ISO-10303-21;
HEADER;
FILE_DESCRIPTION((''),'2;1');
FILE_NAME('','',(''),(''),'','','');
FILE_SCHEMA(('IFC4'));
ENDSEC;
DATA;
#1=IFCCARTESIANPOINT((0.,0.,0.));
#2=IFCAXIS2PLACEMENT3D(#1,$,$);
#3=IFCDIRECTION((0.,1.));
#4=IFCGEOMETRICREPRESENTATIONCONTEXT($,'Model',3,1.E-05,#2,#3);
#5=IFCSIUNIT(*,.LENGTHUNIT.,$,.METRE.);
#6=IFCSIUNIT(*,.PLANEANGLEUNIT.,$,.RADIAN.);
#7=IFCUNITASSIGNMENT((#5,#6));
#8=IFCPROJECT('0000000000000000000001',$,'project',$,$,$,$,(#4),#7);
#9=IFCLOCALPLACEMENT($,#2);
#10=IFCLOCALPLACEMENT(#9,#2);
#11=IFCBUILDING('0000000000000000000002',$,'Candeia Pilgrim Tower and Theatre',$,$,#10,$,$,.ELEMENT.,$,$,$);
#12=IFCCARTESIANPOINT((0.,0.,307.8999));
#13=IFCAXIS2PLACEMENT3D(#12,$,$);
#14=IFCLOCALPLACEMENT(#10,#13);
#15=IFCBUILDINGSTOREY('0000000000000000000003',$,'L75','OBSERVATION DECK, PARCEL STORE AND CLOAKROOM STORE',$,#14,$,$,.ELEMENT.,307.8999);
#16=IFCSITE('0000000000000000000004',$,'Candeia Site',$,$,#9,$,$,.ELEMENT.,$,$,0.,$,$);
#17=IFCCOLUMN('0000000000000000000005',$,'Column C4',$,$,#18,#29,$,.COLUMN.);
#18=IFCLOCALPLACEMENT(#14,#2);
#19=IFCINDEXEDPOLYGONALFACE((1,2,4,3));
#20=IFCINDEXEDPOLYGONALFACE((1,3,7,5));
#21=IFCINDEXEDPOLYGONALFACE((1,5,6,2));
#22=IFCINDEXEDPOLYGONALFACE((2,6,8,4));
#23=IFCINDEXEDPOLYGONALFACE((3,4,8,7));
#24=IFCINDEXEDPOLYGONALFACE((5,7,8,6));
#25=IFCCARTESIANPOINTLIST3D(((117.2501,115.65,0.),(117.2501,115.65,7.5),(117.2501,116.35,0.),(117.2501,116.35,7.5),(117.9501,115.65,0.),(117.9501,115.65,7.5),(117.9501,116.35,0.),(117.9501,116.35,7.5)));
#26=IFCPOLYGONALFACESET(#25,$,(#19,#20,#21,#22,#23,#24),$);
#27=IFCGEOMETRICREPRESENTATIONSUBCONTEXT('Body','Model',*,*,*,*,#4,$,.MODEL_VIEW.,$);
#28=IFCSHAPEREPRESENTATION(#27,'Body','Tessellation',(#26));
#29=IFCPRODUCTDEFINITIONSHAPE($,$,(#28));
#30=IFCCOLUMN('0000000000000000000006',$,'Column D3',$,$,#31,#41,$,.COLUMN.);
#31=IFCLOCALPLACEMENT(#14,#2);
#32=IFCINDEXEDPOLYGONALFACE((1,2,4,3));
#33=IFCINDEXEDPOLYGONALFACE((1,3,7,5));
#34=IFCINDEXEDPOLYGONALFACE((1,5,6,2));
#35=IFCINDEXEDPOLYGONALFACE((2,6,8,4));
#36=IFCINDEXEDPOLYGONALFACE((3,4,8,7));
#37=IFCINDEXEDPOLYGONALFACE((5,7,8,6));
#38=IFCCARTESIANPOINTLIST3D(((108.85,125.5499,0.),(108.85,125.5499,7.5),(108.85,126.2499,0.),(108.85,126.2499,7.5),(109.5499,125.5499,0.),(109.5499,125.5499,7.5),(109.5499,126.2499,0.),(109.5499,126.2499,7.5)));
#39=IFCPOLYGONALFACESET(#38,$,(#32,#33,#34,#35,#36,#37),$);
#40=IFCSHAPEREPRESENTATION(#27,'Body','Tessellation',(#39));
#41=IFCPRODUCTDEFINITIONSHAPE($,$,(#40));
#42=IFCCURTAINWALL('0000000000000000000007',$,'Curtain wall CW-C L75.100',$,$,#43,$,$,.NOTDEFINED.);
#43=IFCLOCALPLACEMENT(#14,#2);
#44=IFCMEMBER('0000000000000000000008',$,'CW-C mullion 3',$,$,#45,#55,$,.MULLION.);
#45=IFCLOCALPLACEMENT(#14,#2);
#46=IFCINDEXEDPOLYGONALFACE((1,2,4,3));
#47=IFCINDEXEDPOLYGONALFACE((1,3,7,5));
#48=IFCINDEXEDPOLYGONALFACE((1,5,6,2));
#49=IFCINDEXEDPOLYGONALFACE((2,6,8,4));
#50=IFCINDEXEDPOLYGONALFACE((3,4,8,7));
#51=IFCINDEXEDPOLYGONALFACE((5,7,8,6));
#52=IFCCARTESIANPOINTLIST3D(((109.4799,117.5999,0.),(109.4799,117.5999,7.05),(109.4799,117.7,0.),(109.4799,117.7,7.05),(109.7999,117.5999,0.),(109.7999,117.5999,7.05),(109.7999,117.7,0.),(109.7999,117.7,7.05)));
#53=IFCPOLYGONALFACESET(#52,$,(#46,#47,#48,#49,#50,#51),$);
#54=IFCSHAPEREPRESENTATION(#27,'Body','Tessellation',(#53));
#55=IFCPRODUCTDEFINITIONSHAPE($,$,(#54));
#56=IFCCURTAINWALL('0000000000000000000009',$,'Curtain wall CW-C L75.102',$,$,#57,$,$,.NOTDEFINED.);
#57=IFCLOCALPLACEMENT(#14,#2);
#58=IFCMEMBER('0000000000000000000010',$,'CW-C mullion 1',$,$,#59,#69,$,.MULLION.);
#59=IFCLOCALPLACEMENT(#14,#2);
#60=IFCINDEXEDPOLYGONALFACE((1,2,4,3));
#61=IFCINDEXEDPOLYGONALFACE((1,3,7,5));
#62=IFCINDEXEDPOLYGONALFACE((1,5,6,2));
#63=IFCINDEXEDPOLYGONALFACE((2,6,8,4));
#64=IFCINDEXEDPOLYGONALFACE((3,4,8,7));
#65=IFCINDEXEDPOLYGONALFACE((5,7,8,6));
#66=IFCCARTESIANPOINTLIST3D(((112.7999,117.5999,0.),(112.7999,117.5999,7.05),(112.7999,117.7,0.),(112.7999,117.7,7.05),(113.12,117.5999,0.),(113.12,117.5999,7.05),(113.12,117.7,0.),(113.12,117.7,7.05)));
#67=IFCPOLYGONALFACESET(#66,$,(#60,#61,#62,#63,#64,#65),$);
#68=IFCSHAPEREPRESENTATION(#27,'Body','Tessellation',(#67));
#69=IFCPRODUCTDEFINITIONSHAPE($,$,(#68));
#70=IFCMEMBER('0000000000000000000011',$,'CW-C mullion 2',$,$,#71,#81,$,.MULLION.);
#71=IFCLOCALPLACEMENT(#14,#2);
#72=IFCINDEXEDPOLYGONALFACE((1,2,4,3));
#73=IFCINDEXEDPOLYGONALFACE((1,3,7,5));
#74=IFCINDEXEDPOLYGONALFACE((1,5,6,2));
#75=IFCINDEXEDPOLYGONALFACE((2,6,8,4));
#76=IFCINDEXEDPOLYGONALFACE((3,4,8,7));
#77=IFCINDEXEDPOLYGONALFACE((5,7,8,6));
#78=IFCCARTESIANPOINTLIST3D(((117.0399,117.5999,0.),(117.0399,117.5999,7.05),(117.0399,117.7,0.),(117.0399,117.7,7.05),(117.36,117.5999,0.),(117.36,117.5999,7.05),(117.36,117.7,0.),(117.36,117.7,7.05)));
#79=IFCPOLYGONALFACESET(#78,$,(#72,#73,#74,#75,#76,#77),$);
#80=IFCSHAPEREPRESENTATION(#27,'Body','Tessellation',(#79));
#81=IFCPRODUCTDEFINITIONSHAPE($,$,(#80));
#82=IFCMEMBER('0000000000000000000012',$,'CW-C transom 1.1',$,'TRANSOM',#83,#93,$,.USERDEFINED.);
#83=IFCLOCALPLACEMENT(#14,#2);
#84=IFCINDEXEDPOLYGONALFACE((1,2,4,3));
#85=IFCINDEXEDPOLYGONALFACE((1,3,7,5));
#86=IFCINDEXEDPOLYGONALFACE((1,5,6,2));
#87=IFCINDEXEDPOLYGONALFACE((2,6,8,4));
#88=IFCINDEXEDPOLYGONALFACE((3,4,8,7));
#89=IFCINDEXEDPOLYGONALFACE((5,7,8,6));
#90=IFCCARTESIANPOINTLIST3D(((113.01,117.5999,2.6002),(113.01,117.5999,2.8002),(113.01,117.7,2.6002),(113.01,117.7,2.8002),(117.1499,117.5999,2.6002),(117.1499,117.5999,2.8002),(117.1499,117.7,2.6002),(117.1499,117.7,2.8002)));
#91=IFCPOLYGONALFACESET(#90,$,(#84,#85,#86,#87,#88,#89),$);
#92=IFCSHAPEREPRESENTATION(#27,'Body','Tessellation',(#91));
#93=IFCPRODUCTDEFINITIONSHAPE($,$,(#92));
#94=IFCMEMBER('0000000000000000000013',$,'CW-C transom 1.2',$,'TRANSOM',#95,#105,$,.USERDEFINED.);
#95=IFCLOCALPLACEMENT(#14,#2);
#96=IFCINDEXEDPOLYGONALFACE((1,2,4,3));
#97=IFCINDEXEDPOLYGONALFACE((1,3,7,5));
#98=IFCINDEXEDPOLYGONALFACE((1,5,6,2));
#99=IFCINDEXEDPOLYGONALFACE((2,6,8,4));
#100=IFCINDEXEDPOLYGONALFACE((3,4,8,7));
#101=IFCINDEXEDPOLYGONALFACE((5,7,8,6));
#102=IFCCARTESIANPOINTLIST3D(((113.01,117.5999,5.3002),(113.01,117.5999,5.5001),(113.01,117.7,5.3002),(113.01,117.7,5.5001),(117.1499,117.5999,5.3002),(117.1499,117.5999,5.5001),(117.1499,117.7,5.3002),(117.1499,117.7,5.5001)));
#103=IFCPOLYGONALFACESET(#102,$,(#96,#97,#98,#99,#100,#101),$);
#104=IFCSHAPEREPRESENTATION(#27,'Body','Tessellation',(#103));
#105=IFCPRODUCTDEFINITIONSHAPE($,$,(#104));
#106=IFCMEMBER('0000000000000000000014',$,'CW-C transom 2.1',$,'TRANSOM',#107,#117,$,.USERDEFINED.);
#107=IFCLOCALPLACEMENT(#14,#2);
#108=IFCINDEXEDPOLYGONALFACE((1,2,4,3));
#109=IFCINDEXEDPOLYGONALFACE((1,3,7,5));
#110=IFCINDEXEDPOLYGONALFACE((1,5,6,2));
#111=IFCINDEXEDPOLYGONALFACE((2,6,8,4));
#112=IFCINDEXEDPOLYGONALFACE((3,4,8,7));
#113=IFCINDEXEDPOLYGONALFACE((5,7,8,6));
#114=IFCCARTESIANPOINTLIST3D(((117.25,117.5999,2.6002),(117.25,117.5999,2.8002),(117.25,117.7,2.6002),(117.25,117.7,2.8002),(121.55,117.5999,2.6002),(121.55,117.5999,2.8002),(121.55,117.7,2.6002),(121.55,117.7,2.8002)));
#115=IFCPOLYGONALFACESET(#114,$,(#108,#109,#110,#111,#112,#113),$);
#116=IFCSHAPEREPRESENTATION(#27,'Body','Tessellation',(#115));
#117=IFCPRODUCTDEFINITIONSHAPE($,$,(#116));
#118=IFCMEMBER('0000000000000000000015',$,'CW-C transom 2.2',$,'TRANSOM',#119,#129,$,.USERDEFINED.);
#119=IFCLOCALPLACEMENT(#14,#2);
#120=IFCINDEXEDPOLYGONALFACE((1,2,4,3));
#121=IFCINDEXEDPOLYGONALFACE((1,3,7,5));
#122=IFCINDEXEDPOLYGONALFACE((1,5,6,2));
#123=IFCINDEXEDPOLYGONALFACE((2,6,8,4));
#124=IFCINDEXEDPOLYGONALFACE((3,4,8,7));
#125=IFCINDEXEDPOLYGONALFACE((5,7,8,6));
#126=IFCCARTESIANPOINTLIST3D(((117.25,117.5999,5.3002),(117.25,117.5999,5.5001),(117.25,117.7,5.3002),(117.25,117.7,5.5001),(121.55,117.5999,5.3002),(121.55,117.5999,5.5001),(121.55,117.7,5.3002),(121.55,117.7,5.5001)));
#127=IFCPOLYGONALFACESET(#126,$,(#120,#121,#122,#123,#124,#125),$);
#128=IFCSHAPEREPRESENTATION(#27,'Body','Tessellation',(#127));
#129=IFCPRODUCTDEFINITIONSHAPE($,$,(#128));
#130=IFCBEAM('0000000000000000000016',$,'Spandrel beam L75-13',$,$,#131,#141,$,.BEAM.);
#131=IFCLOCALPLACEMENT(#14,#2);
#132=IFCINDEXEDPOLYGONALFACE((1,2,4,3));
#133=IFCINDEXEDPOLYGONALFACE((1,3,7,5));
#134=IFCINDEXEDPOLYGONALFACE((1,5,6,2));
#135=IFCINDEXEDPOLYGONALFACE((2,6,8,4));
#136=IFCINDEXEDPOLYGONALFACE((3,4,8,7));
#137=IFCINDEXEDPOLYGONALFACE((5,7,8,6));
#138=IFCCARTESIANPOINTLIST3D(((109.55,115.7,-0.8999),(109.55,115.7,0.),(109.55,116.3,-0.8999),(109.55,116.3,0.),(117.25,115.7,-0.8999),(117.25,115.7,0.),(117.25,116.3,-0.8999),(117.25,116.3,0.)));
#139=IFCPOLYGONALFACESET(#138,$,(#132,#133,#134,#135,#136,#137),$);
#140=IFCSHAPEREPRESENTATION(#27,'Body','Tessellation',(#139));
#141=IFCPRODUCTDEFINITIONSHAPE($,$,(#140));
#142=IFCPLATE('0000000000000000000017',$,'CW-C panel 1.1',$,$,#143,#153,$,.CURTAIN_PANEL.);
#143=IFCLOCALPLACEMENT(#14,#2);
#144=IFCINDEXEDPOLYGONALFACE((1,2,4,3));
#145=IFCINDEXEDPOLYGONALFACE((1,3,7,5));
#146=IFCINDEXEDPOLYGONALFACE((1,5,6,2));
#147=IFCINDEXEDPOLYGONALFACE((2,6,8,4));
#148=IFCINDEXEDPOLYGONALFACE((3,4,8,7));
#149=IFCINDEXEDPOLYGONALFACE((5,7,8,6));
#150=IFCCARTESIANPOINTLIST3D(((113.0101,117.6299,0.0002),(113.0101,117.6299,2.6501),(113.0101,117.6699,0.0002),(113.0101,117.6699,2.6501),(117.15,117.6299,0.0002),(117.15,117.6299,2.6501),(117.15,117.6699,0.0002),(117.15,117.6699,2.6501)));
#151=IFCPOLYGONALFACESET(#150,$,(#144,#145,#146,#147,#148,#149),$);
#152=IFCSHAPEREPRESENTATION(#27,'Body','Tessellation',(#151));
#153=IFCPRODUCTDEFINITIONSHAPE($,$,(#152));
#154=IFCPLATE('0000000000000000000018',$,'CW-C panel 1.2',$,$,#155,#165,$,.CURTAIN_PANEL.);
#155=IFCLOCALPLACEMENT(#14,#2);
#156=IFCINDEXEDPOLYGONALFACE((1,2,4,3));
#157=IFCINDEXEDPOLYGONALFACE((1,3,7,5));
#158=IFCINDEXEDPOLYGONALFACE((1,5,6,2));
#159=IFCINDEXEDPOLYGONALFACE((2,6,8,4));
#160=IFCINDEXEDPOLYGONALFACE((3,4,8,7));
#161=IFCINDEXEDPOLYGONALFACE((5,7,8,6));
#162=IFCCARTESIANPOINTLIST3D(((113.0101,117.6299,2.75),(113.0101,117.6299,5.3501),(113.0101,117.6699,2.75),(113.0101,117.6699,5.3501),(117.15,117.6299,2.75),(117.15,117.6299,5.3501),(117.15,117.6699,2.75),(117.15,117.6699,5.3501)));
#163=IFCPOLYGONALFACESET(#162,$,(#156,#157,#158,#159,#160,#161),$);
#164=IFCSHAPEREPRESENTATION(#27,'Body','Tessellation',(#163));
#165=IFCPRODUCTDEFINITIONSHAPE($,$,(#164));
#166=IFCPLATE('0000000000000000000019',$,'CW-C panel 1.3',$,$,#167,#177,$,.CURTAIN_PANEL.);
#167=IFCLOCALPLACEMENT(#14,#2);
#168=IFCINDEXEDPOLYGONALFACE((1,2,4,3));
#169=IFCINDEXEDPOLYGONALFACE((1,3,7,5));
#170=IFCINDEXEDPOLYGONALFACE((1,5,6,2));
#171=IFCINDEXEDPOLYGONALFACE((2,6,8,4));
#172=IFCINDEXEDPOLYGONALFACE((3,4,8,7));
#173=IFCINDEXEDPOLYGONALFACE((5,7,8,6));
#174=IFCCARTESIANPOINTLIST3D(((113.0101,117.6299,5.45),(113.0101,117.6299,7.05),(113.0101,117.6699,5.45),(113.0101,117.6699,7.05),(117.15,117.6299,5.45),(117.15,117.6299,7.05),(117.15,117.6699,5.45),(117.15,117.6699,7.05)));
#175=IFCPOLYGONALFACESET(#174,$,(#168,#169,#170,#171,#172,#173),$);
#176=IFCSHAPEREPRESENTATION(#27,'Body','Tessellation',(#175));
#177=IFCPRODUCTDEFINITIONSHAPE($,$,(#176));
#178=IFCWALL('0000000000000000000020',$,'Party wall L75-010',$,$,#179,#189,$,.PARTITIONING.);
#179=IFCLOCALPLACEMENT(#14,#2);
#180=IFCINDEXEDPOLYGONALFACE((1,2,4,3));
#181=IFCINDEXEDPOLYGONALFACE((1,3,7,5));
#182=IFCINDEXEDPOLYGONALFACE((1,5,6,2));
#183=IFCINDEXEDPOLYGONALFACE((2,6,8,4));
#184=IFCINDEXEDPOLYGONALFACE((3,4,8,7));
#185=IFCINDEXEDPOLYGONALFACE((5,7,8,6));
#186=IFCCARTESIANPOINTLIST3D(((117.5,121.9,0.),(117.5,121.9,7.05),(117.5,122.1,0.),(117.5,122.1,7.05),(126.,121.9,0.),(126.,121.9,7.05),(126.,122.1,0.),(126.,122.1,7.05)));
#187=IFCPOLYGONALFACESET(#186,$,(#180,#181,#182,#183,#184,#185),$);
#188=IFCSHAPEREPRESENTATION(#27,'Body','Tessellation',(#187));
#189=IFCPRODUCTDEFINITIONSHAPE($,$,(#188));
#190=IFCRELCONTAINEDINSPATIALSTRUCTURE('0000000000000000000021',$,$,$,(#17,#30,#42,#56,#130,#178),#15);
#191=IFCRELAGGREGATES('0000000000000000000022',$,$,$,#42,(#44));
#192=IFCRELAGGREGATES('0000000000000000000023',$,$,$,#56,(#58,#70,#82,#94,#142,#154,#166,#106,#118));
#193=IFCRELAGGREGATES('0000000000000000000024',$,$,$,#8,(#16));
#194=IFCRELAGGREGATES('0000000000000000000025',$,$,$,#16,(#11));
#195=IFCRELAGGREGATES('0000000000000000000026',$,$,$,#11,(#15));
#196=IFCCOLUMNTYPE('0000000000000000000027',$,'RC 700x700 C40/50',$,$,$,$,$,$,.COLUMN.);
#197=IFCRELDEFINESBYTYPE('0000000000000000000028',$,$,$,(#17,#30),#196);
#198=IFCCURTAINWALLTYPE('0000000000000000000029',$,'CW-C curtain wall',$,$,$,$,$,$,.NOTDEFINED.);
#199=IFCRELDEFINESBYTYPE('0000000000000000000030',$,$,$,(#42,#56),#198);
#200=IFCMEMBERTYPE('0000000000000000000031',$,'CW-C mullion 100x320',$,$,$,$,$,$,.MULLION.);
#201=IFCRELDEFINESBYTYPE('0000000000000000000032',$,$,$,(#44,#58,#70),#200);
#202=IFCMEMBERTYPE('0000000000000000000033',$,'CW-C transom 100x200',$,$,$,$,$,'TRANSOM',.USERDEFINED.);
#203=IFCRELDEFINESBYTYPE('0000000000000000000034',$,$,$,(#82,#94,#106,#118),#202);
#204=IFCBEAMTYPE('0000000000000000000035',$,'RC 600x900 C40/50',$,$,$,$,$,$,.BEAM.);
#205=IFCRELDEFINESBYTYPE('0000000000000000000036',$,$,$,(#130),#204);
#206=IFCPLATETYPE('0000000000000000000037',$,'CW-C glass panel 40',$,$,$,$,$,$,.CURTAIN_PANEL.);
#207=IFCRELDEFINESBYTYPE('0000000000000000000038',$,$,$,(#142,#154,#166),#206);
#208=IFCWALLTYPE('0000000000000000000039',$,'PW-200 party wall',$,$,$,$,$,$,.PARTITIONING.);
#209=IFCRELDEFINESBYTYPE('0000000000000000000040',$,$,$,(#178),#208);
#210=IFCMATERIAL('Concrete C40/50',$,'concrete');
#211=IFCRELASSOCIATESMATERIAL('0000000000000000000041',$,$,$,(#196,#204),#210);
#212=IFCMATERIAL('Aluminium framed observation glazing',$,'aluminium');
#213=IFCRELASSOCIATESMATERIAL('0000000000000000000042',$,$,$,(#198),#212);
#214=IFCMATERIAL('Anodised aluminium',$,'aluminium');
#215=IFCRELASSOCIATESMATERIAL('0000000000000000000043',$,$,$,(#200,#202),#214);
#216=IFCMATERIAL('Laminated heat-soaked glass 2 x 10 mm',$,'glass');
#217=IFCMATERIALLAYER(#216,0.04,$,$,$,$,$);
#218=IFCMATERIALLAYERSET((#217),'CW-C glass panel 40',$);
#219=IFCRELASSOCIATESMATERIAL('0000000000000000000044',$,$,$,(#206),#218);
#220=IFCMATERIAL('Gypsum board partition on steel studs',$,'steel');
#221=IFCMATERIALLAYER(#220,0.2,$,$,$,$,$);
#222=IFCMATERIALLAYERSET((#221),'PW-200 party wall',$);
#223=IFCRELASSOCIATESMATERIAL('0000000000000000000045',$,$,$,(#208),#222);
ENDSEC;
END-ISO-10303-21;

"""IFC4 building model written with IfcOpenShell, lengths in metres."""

from ifc_helpers import new_model, si_unit, direction, frame, frame_2d, origin, origin_2d, place, context, subcontext, project, spatial, rectangle, extrude, material, layer, layer_set, material_profile, profile_set, type_object, element, aggregate, save


model = new_model("IFC4")

# Units and contexts
model_context = context("Model", 3, precision=1e-05, world=origin(), true_north=direction((0.0, 1.0)))
body_context = subcontext(model_context, "Body", "Model", "MODEL_VIEW")
ifc_project = project(units=[si_unit("LENGTHUNIT", "METRE"), si_unit("PLANEANGLEUNIT", "RADIAN")], contexts=[model_context])

# Site, building, storey
site_placement = place(None, origin())
site = spatial("IfcSite", under=ifc_project, at=site_placement, Name="Candeia Site", CompositionType="ELEMENT", RefElevation=0.0)
building_placement = place(site_placement, origin())
building = spatial("IfcBuilding", under=site, at=building_placement, Name="Candeia Pilgrim Tower and Theatre", CompositionType="ELEMENT")
storey_placement = place(building_placement, frame((0.0, 0.0, 307.8999)))
storey = spatial("IfcBuildingStorey", under=building, at=storey_placement, Name="L75", Description="OBSERVATION DECK, PARCEL STORE AND CLOAKROOM STORE", CompositionType="ELEMENT", Elevation=307.8999)

# Columns
ifc_material_1 = material(Name="Concrete C40/50", Category="concrete")
ifc_material_profile_1 = material_profile(ifc_material_1, rectangle(XDim=0.7, YDim=0.7, at=origin_2d()))
ifc_profile_set_1 = profile_set([ifc_material_profile_1], Name="Concrete C40/50")
column_type = type_object("IfcColumnType", Name="RC 700x700 C40/50", PredefinedType="COLUMN", material=ifc_profile_set_1)
for number, where, z_axis, x_axis, name in (
    (1, (117.6001, 116.0, 0.0), (0.0, 0.0, 1.0), (1.0, 0.0, 0.0), "Column C4"),
    (2, (109.2, 125.8999, 0.0), (0.0, 0.0, 1.0), (1.0, 0.0, 0.0), "Column D3"),
):
    element("IfcColumn", number, at=place(storey_placement, frame(where, z_axis=z_axis, x_axis=x_axis)), inside=storey, type_object=column_type, Name=name, PredefinedType="COLUMN", context=body_context, shape_type="SweptSolid", body=[
        extrude(rectangle(XDim=0.7, YDim=0.7, at=origin_2d()), origin(), (0.0, 0.0, 1.0), 7.5),
    ])

# Curtain wall, member
ifc_material_2 = material(Name="Aluminium framed observation glazing", Category="aluminium")
curtain_wall_type = type_object("IfcCurtainWallType", Name="CW-C curtain wall", PredefinedType="NOTDEFINED", material=ifc_material_2)
curtain_wall_1_placement = place(storey_placement, origin())
curtain_wall_1 = element("IfcCurtainWall", 3, at=curtain_wall_1_placement, inside=storey, type_object=curtain_wall_type, Name="Curtain wall CW-C L75.100", PredefinedType="NOTDEFINED")
ifc_material_3 = material(Name="Anodised aluminium", Category="aluminium")
ifc_material_profile_2 = material_profile(ifc_material_3, rectangle(XDim=0.1001, YDim=0.3201, at=origin_2d()))
ifc_profile_set_2 = profile_set([ifc_material_profile_2], Name="Anodised aluminium")
member_type_1 = type_object("IfcMemberType", Name="CW-C mullion 100x320", PredefinedType="MULLION", material=ifc_profile_set_2)
member_1_placement = place(storey_placement, frame((109.6399, 117.6499, 0.0), z_axis=(0.0, 0.0, 1.0), x_axis=(0.0, 1.0, 0.0)))
member_1 = element("IfcMember", 4, at=member_1_placement, type_object=member_type_1, Name="CW-C mullion 3", PredefinedType="MULLION", context=body_context, shape_type="SweptSolid", body=[
    extrude(rectangle(XDim=0.1001, YDim=0.3201, at=origin_2d()), origin(), (0.0, 0.0, 1.0), 7.05),
])
aggregate(curtain_wall_1, [member_1])

# Curtain wall, members
curtain_wall_2_placement = place(storey_placement, origin())
curtain_wall_2 = element("IfcCurtainWall", 5, at=curtain_wall_2_placement, inside=storey, type_object=curtain_wall_type, Name="Curtain wall CW-C L75.102", PredefinedType="NOTDEFINED")
member_2_placement = place(storey_placement, frame((112.96, 117.6499, 0.0), z_axis=(0.0, 0.0, 1.0), x_axis=(0.0, 1.0, 0.0)))
member_2 = element("IfcMember", 6, at=member_2_placement, type_object=member_type_1, Name="CW-C mullion 1", PredefinedType="MULLION", context=body_context, shape_type="SweptSolid", body=[
    extrude(rectangle(XDim=0.1001, YDim=0.3201, at=origin_2d()), origin(), (0.0, 0.0, 1.0), 7.05),
])
member_3_placement = place(storey_placement, frame((117.2, 117.6499, 0.0), z_axis=(0.0, 0.0, 1.0), x_axis=(0.0, 1.0, 0.0)))
member_3 = element("IfcMember", 7, at=member_3_placement, type_object=member_type_1, Name="CW-C mullion 2", PredefinedType="MULLION", context=body_context, shape_type="SweptSolid", body=[
    extrude(rectangle(XDim=0.1001, YDim=0.3201, at=origin_2d()), origin(), (0.0, 0.0, 1.0), 7.05),
])
ifc_material_profile_3 = material_profile(ifc_material_3, rectangle(XDim=0.1001, YDim=0.2, at=origin_2d()))
ifc_profile_set_3 = profile_set([ifc_material_profile_3], Name="Anodised aluminium")
member_type_2 = type_object("IfcMemberType", Name="CW-C transom 100x200", ElementType="TRANSOM", PredefinedType="USERDEFINED", material=ifc_profile_set_3)
member_4_placement = place(storey_placement, frame((113.01, 117.6499, 2.7002), z_axis=(1.0, 0.0, 0.0), x_axis=(0.0, 1.0, 0.0)))
member_4 = element("IfcMember", 8, at=member_4_placement, type_object=member_type_2, Name="CW-C transom 1.1", ObjectType="TRANSOM", PredefinedType="USERDEFINED", context=body_context, shape_type="SweptSolid", body=[
    extrude(rectangle(XDim=0.1001, YDim=0.2, at=origin_2d()), origin(), (0.0, 0.0, 1.0), 4.1399),
])
member_5_placement = place(storey_placement, frame((113.01, 117.6499, 5.4001), z_axis=(1.0, 0.0, 0.0), x_axis=(0.0, 1.0, 0.0)))
member_5 = element("IfcMember", 9, at=member_5_placement, type_object=member_type_2, Name="CW-C transom 1.2", ObjectType="TRANSOM", PredefinedType="USERDEFINED", context=body_context, shape_type="SweptSolid", body=[
    extrude(rectangle(XDim=0.1001, YDim=0.2, at=origin_2d()), origin(), (0.0, 0.0, 1.0), 4.1399),
])
member_6_placement = place(storey_placement, frame((117.25, 117.6499, 2.7002), z_axis=(1.0, 0.0, 0.0), x_axis=(0.0, 1.0, 0.0)))
member_6 = element("IfcMember", 10, at=member_6_placement, type_object=member_type_2, Name="CW-C transom 2.1", ObjectType="TRANSOM", PredefinedType="USERDEFINED", context=body_context, shape_type="SweptSolid", body=[
    extrude(rectangle(XDim=0.1001, YDim=0.2, at=origin_2d()), origin(), (0.0, 0.0, 1.0), 4.3),
])
member_7_placement = place(storey_placement, frame((117.25, 117.6499, 5.4001), z_axis=(1.0, 0.0, 0.0), x_axis=(0.0, 1.0, 0.0)))
member_7 = element("IfcMember", 11, at=member_7_placement, type_object=member_type_2, Name="CW-C transom 2.2", ObjectType="TRANSOM", PredefinedType="USERDEFINED", context=body_context, shape_type="SweptSolid", body=[
    extrude(rectangle(XDim=0.1001, YDim=0.2, at=origin_2d()), origin(), (0.0, 0.0, 1.0), 4.3),
])

# Beam
ifc_material_profile_4 = material_profile(ifc_material_1, rectangle(XDim=0.6001, YDim=0.8999, at=origin_2d()))
ifc_profile_set_4 = profile_set([ifc_material_profile_4], Name="Concrete C40/50")
beam_type = type_object("IfcBeamType", Name="RC 600x900 C40/50", PredefinedType="BEAM", material=ifc_profile_set_4)
beam_placement = place(storey_placement, frame((117.25, 116.0, -0.45), z_axis=(-1.0, 0.0, 0.0), x_axis=(0.0, -1.0, 0.0)))
element("IfcBeam", 12, at=beam_placement, inside=storey, type_object=beam_type, Name="Spandrel beam L75-13", PredefinedType="BEAM", context=body_context, shape_type="SweptSolid", body=[
    extrude(rectangle(XDim=0.6001, YDim=0.8999, at=origin_2d()), origin(), (0.0, 0.0, 1.0), 7.7),
])

# Plates
ifc_material_4 = material(Name="Laminated heat-soaked glass 2 x 10 mm", Category="glass")
ifc_layer_1 = layer(ifc_material_4, 0.04)
ifc_layer_set_1 = layer_set([ifc_layer_1], Name="CW-C glass panel 40")
plate_type = type_object("IfcPlateType", Name="CW-C glass panel 40", PredefinedType="CURTAIN_PANEL", material=ifc_layer_set_1)
plate_1_placement = place(storey_placement, frame((115.0801, 117.6499, 0.0002), z_axis=(0.0, 0.0, 1.0), x_axis=(1.0, 0.0, 0.0)))
plate_1 = element("IfcPlate", 13, at=plate_1_placement, type_object=plate_type, Name="CW-C panel 1.1", PredefinedType="CURTAIN_PANEL", context=body_context, shape_type="SweptSolid", body=[
    extrude(rectangle(XDim=4.1399, YDim=0.04, at=origin_2d()), origin(), (0.0, 0.0, 1.0), 2.6499),
])
plate_2_placement = place(storey_placement, frame((115.0801, 117.6499, 2.75), z_axis=(0.0, 0.0, 1.0), x_axis=(1.0, 0.0, 0.0)))
plate_2 = element("IfcPlate", 14, at=plate_2_placement, type_object=plate_type, Name="CW-C panel 1.2", PredefinedType="CURTAIN_PANEL", context=body_context, shape_type="SweptSolid", body=[
    extrude(rectangle(XDim=4.1399, YDim=0.04, at=origin_2d()), origin(), (0.0, 0.0, 1.0), 2.6001),
])
plate_3_placement = place(storey_placement, frame((115.0801, 117.6499, 5.45), z_axis=(0.0, 0.0, 1.0), x_axis=(1.0, 0.0, 0.0)))
plate_3 = element("IfcPlate", 15, at=plate_3_placement, type_object=plate_type, Name="CW-C panel 1.3", PredefinedType="CURTAIN_PANEL", context=body_context, shape_type="SweptSolid", body=[
    extrude(rectangle(XDim=4.1399, YDim=0.04, at=origin_2d()), origin(), (0.0, 0.0, 1.0), 1.6001),
])
aggregate(curtain_wall_2, [member_2, member_3, member_4, member_5, plate_1, plate_2, plate_3, member_6, member_7])

# Wall
ifc_material_5 = material(Name="Gypsum board partition on steel studs", Category="steel")
ifc_layer_2 = layer(ifc_material_5, 0.2)
ifc_layer_set_2 = layer_set([ifc_layer_2], Name="PW-200 party wall")
wall_type_1 = type_object("IfcWallType", Name="PW-200 party wall", PredefinedType="PARTITIONING", material=ifc_layer_set_2)
wall_1_placement = place(storey_placement, frame((117.5, 122.0, 0.0), z_axis=(0.0, 0.0, 1.0), x_axis=(1.0, 0.0, 0.0)))
element("IfcWall", 16, at=wall_1_placement, inside=storey, type_object=wall_type_1, Name="Party wall L75-010", PredefinedType="PARTITIONING", context=body_context, shape_type="SweptSolid", body=[
    extrude(rectangle(XDim=8.5, YDim=0.2, at=frame_2d((4.25, 0.0))), origin(), (0.0, 0.0, 1.0), 7.05),
])

save(model, "model.ifc")
